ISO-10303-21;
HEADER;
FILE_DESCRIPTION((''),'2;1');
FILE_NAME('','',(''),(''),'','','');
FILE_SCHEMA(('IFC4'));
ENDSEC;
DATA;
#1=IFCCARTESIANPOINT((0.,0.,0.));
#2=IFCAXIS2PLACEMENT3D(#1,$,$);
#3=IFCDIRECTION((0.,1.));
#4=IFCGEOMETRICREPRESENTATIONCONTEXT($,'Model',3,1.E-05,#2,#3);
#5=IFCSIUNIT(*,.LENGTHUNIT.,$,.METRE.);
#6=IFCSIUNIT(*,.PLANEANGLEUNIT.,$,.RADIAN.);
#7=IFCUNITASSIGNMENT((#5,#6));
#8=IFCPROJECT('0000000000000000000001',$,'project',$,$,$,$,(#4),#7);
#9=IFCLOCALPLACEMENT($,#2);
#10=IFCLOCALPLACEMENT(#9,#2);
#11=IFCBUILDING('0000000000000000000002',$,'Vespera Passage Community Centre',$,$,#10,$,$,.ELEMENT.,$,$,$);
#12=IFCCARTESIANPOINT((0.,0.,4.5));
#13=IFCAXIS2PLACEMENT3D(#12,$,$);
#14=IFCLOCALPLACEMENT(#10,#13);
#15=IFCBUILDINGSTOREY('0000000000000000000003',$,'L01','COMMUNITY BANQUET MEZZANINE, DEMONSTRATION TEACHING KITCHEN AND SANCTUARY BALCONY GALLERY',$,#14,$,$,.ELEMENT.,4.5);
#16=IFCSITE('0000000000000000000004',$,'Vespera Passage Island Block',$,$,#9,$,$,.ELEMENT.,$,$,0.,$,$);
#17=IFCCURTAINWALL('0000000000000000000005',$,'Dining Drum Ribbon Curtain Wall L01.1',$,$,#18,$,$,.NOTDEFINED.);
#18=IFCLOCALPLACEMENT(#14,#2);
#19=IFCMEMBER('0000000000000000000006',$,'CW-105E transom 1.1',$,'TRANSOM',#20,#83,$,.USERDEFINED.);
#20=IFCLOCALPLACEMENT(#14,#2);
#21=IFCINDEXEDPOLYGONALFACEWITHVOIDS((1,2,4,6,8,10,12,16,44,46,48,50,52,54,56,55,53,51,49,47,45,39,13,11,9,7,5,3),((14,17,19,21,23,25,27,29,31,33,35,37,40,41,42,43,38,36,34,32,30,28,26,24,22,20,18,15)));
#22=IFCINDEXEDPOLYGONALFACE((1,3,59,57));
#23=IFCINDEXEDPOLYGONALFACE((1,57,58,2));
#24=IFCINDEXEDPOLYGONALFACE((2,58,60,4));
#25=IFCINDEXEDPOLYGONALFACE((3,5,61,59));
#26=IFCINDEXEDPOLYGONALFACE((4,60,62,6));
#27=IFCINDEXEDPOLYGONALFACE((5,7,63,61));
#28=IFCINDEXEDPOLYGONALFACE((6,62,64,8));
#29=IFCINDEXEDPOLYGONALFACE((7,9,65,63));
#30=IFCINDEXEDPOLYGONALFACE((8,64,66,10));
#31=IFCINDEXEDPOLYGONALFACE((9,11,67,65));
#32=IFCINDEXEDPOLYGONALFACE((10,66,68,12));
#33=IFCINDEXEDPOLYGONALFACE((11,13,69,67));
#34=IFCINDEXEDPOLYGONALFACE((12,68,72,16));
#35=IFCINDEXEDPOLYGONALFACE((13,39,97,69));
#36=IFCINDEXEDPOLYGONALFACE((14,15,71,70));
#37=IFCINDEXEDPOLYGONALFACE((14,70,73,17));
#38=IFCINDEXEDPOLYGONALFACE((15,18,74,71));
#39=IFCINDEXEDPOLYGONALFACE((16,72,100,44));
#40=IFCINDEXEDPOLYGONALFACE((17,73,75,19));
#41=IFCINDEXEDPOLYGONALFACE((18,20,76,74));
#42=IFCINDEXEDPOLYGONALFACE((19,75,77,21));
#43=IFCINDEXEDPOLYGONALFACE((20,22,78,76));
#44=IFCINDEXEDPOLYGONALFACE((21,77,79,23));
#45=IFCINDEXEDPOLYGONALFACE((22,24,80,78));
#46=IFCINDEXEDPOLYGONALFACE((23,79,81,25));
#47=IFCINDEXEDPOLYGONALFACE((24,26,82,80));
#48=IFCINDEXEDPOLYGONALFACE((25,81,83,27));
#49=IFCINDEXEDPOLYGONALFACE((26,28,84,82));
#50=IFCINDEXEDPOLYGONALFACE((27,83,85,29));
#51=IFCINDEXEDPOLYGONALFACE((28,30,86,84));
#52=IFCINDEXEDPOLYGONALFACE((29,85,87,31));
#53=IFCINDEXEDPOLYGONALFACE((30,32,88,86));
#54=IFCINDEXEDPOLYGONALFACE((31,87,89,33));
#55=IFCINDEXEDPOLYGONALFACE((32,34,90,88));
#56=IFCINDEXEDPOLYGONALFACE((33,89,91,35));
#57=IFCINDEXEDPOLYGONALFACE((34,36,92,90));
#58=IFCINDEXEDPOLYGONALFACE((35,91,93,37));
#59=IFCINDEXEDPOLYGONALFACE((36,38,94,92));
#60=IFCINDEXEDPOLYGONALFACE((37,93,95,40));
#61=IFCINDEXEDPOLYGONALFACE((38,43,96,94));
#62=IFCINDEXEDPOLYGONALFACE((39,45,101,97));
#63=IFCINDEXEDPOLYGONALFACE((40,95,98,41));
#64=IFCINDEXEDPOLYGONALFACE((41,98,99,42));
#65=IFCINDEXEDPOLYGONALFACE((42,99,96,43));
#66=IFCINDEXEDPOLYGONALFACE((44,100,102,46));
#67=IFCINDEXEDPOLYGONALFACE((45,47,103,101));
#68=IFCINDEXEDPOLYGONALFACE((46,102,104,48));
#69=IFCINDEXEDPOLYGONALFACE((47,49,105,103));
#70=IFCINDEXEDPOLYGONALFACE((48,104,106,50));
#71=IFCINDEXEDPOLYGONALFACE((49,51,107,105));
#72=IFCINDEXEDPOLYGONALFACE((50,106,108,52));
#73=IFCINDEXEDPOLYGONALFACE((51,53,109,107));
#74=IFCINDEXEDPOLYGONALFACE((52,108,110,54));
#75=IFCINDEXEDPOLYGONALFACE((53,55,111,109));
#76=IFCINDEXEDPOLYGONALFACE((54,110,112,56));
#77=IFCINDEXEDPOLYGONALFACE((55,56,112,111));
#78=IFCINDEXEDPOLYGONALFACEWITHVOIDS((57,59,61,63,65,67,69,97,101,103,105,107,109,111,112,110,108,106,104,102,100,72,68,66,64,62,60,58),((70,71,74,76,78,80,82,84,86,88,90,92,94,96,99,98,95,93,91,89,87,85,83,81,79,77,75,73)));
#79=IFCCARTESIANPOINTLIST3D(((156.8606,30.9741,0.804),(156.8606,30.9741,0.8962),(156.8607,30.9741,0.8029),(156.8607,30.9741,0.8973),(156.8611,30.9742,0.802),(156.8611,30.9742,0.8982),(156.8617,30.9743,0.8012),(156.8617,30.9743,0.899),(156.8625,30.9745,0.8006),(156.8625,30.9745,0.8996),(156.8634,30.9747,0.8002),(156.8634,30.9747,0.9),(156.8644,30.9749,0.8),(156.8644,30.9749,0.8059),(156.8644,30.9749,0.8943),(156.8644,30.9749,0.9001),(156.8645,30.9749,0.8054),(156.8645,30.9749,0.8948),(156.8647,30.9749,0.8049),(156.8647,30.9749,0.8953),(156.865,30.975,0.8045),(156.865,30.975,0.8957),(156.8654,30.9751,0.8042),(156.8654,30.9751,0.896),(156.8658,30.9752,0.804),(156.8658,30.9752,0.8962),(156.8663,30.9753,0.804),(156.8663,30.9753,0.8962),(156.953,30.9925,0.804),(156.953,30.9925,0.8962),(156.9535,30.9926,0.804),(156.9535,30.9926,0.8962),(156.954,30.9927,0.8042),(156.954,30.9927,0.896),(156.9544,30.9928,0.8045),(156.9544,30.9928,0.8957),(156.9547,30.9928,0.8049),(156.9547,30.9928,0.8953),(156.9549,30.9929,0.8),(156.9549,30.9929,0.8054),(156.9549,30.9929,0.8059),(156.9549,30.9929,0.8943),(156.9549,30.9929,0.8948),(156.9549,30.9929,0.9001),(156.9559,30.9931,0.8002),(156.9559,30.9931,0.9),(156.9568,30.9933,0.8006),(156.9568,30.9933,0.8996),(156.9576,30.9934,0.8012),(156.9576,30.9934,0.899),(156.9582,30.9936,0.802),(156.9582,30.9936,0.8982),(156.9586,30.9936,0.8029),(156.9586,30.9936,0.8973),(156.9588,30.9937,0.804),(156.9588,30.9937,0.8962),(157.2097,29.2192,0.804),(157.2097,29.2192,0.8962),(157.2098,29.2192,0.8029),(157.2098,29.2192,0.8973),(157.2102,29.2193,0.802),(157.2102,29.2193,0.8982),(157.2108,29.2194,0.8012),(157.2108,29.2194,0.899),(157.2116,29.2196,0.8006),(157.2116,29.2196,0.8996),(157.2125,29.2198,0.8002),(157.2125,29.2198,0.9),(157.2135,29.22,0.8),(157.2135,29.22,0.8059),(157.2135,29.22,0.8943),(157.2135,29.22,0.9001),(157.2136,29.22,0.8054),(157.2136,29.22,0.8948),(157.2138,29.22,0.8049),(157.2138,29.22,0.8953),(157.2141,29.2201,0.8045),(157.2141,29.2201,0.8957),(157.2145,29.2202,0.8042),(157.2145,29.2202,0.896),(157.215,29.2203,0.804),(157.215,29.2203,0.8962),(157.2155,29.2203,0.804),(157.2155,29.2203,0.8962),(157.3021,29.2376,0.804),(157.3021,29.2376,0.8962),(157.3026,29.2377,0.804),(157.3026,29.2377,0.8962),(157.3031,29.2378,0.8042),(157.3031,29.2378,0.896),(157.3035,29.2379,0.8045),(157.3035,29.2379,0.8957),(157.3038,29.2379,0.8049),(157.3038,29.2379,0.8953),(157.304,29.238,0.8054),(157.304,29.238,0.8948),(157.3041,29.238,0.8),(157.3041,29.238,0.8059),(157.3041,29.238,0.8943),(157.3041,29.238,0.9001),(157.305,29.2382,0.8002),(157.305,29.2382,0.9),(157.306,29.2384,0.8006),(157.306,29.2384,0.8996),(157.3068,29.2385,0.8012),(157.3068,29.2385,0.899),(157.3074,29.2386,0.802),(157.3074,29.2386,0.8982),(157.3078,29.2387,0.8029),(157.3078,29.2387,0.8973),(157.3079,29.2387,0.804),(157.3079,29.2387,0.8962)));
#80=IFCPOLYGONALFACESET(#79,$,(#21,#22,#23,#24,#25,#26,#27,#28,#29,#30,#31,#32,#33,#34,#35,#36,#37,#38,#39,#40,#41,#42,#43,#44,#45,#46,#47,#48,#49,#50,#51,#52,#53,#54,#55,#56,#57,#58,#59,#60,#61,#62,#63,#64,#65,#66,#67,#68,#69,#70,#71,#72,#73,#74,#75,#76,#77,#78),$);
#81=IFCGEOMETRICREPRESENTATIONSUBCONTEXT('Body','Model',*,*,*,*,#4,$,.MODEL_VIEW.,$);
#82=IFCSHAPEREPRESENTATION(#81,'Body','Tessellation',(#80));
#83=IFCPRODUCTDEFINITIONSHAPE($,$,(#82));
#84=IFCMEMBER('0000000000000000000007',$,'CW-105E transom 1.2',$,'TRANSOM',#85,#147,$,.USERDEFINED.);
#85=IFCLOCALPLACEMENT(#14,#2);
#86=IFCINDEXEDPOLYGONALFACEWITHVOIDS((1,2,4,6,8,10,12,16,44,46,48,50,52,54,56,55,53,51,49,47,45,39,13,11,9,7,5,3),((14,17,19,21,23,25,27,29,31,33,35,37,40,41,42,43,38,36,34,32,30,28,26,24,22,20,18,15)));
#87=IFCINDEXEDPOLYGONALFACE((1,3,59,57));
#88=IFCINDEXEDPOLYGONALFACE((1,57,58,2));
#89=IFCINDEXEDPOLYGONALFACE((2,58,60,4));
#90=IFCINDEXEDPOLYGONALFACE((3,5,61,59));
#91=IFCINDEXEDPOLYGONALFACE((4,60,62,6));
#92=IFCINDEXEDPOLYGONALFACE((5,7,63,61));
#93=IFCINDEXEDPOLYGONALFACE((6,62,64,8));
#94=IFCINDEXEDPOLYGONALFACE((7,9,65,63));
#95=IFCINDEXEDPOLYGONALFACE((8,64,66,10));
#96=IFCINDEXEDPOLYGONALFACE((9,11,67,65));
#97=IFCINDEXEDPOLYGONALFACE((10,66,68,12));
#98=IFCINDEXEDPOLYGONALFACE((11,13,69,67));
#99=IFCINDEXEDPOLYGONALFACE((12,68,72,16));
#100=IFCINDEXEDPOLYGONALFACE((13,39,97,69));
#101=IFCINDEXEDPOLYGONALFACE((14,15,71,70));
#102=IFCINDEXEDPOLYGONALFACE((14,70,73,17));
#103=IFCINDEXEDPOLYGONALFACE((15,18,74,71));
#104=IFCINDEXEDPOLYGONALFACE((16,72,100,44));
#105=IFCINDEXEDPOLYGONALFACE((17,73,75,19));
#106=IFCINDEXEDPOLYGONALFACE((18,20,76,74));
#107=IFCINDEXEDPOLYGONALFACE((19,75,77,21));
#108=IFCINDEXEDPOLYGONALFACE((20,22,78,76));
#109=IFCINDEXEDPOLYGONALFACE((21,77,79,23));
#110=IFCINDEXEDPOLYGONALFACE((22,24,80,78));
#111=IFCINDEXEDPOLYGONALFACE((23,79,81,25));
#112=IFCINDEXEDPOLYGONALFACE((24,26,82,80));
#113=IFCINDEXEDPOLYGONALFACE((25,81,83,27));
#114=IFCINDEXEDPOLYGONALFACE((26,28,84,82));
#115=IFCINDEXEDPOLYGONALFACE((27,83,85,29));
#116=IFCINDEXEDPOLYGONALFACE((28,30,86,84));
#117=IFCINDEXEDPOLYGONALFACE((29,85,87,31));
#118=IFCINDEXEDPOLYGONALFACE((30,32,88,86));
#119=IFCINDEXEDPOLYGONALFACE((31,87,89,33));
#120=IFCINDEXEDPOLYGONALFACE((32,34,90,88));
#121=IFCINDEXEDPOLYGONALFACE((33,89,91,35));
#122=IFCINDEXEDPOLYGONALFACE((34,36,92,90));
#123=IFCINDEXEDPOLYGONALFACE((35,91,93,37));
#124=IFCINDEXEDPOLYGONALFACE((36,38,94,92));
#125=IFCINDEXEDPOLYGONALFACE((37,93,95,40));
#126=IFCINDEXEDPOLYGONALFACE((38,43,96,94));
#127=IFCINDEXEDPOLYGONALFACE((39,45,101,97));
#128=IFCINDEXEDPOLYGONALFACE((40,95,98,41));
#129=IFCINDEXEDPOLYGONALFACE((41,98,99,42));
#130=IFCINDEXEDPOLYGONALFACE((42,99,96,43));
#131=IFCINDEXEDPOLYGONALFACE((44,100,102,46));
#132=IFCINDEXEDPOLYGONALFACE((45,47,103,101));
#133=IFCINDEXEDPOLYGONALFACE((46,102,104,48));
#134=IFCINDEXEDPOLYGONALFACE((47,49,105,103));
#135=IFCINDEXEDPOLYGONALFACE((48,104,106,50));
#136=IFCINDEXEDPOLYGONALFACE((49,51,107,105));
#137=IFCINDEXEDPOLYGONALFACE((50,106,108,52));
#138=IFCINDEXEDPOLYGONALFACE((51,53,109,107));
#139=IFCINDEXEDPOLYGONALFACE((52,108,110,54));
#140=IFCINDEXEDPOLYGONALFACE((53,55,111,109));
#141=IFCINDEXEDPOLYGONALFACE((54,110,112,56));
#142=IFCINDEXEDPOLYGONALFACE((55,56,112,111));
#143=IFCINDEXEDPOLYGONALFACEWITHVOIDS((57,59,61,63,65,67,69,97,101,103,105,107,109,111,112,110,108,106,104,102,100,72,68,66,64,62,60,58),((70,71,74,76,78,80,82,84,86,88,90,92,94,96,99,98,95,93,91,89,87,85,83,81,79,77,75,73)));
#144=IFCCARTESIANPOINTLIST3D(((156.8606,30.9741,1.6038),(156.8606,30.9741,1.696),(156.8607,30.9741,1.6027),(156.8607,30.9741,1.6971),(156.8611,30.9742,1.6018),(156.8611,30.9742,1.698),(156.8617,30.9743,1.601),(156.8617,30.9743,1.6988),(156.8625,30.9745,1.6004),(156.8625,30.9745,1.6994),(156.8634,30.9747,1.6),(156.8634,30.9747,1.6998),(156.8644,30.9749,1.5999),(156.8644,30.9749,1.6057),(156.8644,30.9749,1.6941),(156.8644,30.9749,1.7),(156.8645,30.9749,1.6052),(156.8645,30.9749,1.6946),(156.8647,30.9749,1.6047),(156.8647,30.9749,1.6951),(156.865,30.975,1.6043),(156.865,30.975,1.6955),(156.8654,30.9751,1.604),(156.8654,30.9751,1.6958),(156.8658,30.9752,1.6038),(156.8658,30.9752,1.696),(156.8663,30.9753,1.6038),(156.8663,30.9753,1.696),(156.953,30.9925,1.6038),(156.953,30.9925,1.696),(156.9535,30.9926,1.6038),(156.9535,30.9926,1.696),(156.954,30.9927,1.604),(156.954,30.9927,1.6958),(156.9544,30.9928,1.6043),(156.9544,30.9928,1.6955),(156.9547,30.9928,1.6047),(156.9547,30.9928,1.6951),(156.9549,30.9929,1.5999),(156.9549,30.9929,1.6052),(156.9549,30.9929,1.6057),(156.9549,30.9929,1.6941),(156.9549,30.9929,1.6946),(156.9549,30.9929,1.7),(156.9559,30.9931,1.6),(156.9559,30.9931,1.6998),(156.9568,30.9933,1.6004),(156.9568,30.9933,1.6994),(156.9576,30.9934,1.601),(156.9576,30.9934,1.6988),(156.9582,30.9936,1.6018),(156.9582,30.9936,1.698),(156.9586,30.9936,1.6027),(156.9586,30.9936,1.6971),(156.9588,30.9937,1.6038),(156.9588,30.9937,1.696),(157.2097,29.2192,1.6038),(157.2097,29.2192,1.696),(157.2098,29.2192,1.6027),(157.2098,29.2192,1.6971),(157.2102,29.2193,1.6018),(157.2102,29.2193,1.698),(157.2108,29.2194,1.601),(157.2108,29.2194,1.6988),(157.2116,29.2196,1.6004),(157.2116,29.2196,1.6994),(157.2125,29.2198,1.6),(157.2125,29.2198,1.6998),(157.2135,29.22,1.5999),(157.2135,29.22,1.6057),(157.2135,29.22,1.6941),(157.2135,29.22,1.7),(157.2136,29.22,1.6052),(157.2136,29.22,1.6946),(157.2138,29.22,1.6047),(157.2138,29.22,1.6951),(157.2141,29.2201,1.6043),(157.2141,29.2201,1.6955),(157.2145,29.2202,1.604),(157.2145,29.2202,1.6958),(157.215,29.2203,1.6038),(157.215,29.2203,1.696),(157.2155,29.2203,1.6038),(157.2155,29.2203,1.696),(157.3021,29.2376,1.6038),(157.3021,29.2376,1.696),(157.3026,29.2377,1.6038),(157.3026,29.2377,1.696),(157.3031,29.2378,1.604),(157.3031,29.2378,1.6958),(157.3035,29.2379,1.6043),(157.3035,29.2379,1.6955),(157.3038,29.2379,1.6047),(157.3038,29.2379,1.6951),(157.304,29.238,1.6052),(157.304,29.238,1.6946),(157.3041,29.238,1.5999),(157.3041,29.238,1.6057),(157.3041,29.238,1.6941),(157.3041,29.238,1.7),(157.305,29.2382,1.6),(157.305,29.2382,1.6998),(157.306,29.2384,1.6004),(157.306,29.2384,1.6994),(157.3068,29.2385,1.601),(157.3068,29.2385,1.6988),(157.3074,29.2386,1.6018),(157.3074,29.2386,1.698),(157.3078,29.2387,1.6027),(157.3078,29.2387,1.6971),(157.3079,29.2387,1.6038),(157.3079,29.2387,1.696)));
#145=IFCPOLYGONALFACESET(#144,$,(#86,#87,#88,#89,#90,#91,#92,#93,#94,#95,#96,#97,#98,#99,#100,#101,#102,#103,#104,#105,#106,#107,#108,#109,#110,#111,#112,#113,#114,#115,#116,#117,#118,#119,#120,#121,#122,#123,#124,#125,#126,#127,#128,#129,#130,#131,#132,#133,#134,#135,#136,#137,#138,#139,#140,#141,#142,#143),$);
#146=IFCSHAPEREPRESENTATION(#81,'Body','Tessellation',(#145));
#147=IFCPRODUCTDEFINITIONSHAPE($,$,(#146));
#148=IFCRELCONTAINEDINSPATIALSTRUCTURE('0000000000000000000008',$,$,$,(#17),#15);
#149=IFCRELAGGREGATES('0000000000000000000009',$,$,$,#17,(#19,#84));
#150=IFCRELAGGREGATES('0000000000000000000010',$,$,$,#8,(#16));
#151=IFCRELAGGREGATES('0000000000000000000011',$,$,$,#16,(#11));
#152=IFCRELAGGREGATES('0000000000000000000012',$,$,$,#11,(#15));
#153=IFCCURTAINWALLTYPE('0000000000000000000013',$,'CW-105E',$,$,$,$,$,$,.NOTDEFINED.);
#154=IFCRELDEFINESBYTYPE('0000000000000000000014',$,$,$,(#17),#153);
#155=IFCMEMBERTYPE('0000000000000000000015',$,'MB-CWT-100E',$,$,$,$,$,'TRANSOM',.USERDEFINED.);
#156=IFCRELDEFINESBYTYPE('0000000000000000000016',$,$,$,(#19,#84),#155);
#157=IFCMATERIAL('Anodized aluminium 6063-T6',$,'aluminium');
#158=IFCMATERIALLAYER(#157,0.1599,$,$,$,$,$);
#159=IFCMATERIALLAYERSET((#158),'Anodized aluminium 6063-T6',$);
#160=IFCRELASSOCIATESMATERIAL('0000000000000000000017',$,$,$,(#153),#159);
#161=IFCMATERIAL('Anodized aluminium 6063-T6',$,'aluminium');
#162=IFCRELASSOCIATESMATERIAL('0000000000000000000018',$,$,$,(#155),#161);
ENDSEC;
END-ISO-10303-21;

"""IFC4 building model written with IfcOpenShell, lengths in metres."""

from ifc_helpers import new_model, si_unit, direction, frame, origin, origin_2d, place, context, subcontext, project, spatial, hollow_rectangle, extrude, material, layer, layer_set, material_profile, profile_set, type_object, element, aggregate, save


model = new_model("IFC4")

# Units and contexts
model_context = context("Model", 3, precision=1e-05, world=origin(), true_north=direction((0.0, 1.0)))
body_context = subcontext(model_context, "Body", "Model", "MODEL_VIEW")
ifc_project = project(units=[si_unit("LENGTHUNIT", "METRE"), si_unit("PLANEANGLEUNIT", "RADIAN")], contexts=[model_context])

# Site, building, storey
site_placement = place(None, origin())
site = spatial("IfcSite", under=ifc_project, at=site_placement, Name="Vespera Passage Island Block", CompositionType="ELEMENT", RefElevation=0.0)
building_placement = place(site_placement, origin())
building = spatial("IfcBuilding", under=site, at=building_placement, Name="Vespera Passage Community Centre", CompositionType="ELEMENT")
storey_placement = place(building_placement, frame((0.0, 0.0, 4.5)))
storey = spatial("IfcBuildingStorey", under=building, at=storey_placement, Name="L01", Description="COMMUNITY BANQUET MEZZANINE, DEMONSTRATION TEACHING KITCHEN AND SANCTUARY BALCONY GALLERY", CompositionType="ELEMENT", Elevation=4.5)

# Curtain wall
ifc_material_1 = material(Name="Anodized aluminium 6063-T6", Category="aluminium")
ifc_layer_1 = layer(ifc_material_1, 0.1599)
ifc_layer_set_1 = layer_set([ifc_layer_1], Name="Anodized aluminium 6063-T6")
curtain_wall_type = type_object("IfcCurtainWallType", Name="CW-105E", PredefinedType="NOTDEFINED", material=ifc_layer_set_1)
curtain_wall_1_placement = place(storey_placement, origin())
curtain_wall_1 = element("IfcCurtainWall", 1, at=curtain_wall_1_placement, inside=storey, type_object=curtain_wall_type, Name="Dining Drum Ribbon Curtain Wall L01.1", PredefinedType="NOTDEFINED")

# Members
ifc_material_2 = material(Name="Anodized aluminium 6063-T6", Category="aluminium")
ifc_material_profile_1 = material_profile(ifc_material_2, hollow_rectangle(XDim=0.1001, YDim=0.1001, WallThickness=0.0039, InnerFilletRadius=0.002, OuterFilletRadius=0.0039, at=origin_2d()), Name="ALU100X100X4")
ifc_profile_set_1 = profile_set([ifc_material_profile_1], Name="Anodized aluminium 6063-T6")
member_type_1 = type_object("IfcMemberType", Name="MB-CWT-100E", ElementType="TRANSOM", PredefinedType="USERDEFINED", material=ifc_profile_set_1)
member_1_placement = place(storey_placement, frame((156.9097, 30.9839, 0.8501), z_axis=(0.195119, -0.98078, 0.0), x_axis=(0.98078, 0.195119, 0.0)))
member_1 = element("IfcMember", 2, at=member_1_placement, type_object=member_type_1, Name="CW-105E transom 1.1", ObjectType="TRANSOM", PredefinedType="USERDEFINED", context=body_context, shape_type="SweptSolid", body=[
    extrude(hollow_rectangle(XDim=0.1001, YDim=0.1001, WallThickness=0.0039, InnerFilletRadius=0.002, OuterFilletRadius=0.0039, at=origin_2d()), origin(), (0.0, 0.0, 1.0), 1.7893),
])
member_2_placement = place(storey_placement, frame((156.9097, 30.9839, 1.6499), z_axis=(0.195119, -0.98078, 0.0), x_axis=(0.98078, 0.195119, 0.0)))
member_2 = element("IfcMember", 3, at=member_2_placement, type_object=member_type_1, Name="CW-105E transom 1.2", ObjectType="TRANSOM", PredefinedType="USERDEFINED", context=body_context, shape_type="SweptSolid", body=[
    extrude(hollow_rectangle(XDim=0.1001, YDim=0.1001, WallThickness=0.0039, InnerFilletRadius=0.002, OuterFilletRadius=0.0039, at=origin_2d()), origin(), (0.0, 0.0, 1.0), 1.7893),
])

aggregate(curtain_wall_1, [member_1, member_2])

save(model, "model.ifc")
